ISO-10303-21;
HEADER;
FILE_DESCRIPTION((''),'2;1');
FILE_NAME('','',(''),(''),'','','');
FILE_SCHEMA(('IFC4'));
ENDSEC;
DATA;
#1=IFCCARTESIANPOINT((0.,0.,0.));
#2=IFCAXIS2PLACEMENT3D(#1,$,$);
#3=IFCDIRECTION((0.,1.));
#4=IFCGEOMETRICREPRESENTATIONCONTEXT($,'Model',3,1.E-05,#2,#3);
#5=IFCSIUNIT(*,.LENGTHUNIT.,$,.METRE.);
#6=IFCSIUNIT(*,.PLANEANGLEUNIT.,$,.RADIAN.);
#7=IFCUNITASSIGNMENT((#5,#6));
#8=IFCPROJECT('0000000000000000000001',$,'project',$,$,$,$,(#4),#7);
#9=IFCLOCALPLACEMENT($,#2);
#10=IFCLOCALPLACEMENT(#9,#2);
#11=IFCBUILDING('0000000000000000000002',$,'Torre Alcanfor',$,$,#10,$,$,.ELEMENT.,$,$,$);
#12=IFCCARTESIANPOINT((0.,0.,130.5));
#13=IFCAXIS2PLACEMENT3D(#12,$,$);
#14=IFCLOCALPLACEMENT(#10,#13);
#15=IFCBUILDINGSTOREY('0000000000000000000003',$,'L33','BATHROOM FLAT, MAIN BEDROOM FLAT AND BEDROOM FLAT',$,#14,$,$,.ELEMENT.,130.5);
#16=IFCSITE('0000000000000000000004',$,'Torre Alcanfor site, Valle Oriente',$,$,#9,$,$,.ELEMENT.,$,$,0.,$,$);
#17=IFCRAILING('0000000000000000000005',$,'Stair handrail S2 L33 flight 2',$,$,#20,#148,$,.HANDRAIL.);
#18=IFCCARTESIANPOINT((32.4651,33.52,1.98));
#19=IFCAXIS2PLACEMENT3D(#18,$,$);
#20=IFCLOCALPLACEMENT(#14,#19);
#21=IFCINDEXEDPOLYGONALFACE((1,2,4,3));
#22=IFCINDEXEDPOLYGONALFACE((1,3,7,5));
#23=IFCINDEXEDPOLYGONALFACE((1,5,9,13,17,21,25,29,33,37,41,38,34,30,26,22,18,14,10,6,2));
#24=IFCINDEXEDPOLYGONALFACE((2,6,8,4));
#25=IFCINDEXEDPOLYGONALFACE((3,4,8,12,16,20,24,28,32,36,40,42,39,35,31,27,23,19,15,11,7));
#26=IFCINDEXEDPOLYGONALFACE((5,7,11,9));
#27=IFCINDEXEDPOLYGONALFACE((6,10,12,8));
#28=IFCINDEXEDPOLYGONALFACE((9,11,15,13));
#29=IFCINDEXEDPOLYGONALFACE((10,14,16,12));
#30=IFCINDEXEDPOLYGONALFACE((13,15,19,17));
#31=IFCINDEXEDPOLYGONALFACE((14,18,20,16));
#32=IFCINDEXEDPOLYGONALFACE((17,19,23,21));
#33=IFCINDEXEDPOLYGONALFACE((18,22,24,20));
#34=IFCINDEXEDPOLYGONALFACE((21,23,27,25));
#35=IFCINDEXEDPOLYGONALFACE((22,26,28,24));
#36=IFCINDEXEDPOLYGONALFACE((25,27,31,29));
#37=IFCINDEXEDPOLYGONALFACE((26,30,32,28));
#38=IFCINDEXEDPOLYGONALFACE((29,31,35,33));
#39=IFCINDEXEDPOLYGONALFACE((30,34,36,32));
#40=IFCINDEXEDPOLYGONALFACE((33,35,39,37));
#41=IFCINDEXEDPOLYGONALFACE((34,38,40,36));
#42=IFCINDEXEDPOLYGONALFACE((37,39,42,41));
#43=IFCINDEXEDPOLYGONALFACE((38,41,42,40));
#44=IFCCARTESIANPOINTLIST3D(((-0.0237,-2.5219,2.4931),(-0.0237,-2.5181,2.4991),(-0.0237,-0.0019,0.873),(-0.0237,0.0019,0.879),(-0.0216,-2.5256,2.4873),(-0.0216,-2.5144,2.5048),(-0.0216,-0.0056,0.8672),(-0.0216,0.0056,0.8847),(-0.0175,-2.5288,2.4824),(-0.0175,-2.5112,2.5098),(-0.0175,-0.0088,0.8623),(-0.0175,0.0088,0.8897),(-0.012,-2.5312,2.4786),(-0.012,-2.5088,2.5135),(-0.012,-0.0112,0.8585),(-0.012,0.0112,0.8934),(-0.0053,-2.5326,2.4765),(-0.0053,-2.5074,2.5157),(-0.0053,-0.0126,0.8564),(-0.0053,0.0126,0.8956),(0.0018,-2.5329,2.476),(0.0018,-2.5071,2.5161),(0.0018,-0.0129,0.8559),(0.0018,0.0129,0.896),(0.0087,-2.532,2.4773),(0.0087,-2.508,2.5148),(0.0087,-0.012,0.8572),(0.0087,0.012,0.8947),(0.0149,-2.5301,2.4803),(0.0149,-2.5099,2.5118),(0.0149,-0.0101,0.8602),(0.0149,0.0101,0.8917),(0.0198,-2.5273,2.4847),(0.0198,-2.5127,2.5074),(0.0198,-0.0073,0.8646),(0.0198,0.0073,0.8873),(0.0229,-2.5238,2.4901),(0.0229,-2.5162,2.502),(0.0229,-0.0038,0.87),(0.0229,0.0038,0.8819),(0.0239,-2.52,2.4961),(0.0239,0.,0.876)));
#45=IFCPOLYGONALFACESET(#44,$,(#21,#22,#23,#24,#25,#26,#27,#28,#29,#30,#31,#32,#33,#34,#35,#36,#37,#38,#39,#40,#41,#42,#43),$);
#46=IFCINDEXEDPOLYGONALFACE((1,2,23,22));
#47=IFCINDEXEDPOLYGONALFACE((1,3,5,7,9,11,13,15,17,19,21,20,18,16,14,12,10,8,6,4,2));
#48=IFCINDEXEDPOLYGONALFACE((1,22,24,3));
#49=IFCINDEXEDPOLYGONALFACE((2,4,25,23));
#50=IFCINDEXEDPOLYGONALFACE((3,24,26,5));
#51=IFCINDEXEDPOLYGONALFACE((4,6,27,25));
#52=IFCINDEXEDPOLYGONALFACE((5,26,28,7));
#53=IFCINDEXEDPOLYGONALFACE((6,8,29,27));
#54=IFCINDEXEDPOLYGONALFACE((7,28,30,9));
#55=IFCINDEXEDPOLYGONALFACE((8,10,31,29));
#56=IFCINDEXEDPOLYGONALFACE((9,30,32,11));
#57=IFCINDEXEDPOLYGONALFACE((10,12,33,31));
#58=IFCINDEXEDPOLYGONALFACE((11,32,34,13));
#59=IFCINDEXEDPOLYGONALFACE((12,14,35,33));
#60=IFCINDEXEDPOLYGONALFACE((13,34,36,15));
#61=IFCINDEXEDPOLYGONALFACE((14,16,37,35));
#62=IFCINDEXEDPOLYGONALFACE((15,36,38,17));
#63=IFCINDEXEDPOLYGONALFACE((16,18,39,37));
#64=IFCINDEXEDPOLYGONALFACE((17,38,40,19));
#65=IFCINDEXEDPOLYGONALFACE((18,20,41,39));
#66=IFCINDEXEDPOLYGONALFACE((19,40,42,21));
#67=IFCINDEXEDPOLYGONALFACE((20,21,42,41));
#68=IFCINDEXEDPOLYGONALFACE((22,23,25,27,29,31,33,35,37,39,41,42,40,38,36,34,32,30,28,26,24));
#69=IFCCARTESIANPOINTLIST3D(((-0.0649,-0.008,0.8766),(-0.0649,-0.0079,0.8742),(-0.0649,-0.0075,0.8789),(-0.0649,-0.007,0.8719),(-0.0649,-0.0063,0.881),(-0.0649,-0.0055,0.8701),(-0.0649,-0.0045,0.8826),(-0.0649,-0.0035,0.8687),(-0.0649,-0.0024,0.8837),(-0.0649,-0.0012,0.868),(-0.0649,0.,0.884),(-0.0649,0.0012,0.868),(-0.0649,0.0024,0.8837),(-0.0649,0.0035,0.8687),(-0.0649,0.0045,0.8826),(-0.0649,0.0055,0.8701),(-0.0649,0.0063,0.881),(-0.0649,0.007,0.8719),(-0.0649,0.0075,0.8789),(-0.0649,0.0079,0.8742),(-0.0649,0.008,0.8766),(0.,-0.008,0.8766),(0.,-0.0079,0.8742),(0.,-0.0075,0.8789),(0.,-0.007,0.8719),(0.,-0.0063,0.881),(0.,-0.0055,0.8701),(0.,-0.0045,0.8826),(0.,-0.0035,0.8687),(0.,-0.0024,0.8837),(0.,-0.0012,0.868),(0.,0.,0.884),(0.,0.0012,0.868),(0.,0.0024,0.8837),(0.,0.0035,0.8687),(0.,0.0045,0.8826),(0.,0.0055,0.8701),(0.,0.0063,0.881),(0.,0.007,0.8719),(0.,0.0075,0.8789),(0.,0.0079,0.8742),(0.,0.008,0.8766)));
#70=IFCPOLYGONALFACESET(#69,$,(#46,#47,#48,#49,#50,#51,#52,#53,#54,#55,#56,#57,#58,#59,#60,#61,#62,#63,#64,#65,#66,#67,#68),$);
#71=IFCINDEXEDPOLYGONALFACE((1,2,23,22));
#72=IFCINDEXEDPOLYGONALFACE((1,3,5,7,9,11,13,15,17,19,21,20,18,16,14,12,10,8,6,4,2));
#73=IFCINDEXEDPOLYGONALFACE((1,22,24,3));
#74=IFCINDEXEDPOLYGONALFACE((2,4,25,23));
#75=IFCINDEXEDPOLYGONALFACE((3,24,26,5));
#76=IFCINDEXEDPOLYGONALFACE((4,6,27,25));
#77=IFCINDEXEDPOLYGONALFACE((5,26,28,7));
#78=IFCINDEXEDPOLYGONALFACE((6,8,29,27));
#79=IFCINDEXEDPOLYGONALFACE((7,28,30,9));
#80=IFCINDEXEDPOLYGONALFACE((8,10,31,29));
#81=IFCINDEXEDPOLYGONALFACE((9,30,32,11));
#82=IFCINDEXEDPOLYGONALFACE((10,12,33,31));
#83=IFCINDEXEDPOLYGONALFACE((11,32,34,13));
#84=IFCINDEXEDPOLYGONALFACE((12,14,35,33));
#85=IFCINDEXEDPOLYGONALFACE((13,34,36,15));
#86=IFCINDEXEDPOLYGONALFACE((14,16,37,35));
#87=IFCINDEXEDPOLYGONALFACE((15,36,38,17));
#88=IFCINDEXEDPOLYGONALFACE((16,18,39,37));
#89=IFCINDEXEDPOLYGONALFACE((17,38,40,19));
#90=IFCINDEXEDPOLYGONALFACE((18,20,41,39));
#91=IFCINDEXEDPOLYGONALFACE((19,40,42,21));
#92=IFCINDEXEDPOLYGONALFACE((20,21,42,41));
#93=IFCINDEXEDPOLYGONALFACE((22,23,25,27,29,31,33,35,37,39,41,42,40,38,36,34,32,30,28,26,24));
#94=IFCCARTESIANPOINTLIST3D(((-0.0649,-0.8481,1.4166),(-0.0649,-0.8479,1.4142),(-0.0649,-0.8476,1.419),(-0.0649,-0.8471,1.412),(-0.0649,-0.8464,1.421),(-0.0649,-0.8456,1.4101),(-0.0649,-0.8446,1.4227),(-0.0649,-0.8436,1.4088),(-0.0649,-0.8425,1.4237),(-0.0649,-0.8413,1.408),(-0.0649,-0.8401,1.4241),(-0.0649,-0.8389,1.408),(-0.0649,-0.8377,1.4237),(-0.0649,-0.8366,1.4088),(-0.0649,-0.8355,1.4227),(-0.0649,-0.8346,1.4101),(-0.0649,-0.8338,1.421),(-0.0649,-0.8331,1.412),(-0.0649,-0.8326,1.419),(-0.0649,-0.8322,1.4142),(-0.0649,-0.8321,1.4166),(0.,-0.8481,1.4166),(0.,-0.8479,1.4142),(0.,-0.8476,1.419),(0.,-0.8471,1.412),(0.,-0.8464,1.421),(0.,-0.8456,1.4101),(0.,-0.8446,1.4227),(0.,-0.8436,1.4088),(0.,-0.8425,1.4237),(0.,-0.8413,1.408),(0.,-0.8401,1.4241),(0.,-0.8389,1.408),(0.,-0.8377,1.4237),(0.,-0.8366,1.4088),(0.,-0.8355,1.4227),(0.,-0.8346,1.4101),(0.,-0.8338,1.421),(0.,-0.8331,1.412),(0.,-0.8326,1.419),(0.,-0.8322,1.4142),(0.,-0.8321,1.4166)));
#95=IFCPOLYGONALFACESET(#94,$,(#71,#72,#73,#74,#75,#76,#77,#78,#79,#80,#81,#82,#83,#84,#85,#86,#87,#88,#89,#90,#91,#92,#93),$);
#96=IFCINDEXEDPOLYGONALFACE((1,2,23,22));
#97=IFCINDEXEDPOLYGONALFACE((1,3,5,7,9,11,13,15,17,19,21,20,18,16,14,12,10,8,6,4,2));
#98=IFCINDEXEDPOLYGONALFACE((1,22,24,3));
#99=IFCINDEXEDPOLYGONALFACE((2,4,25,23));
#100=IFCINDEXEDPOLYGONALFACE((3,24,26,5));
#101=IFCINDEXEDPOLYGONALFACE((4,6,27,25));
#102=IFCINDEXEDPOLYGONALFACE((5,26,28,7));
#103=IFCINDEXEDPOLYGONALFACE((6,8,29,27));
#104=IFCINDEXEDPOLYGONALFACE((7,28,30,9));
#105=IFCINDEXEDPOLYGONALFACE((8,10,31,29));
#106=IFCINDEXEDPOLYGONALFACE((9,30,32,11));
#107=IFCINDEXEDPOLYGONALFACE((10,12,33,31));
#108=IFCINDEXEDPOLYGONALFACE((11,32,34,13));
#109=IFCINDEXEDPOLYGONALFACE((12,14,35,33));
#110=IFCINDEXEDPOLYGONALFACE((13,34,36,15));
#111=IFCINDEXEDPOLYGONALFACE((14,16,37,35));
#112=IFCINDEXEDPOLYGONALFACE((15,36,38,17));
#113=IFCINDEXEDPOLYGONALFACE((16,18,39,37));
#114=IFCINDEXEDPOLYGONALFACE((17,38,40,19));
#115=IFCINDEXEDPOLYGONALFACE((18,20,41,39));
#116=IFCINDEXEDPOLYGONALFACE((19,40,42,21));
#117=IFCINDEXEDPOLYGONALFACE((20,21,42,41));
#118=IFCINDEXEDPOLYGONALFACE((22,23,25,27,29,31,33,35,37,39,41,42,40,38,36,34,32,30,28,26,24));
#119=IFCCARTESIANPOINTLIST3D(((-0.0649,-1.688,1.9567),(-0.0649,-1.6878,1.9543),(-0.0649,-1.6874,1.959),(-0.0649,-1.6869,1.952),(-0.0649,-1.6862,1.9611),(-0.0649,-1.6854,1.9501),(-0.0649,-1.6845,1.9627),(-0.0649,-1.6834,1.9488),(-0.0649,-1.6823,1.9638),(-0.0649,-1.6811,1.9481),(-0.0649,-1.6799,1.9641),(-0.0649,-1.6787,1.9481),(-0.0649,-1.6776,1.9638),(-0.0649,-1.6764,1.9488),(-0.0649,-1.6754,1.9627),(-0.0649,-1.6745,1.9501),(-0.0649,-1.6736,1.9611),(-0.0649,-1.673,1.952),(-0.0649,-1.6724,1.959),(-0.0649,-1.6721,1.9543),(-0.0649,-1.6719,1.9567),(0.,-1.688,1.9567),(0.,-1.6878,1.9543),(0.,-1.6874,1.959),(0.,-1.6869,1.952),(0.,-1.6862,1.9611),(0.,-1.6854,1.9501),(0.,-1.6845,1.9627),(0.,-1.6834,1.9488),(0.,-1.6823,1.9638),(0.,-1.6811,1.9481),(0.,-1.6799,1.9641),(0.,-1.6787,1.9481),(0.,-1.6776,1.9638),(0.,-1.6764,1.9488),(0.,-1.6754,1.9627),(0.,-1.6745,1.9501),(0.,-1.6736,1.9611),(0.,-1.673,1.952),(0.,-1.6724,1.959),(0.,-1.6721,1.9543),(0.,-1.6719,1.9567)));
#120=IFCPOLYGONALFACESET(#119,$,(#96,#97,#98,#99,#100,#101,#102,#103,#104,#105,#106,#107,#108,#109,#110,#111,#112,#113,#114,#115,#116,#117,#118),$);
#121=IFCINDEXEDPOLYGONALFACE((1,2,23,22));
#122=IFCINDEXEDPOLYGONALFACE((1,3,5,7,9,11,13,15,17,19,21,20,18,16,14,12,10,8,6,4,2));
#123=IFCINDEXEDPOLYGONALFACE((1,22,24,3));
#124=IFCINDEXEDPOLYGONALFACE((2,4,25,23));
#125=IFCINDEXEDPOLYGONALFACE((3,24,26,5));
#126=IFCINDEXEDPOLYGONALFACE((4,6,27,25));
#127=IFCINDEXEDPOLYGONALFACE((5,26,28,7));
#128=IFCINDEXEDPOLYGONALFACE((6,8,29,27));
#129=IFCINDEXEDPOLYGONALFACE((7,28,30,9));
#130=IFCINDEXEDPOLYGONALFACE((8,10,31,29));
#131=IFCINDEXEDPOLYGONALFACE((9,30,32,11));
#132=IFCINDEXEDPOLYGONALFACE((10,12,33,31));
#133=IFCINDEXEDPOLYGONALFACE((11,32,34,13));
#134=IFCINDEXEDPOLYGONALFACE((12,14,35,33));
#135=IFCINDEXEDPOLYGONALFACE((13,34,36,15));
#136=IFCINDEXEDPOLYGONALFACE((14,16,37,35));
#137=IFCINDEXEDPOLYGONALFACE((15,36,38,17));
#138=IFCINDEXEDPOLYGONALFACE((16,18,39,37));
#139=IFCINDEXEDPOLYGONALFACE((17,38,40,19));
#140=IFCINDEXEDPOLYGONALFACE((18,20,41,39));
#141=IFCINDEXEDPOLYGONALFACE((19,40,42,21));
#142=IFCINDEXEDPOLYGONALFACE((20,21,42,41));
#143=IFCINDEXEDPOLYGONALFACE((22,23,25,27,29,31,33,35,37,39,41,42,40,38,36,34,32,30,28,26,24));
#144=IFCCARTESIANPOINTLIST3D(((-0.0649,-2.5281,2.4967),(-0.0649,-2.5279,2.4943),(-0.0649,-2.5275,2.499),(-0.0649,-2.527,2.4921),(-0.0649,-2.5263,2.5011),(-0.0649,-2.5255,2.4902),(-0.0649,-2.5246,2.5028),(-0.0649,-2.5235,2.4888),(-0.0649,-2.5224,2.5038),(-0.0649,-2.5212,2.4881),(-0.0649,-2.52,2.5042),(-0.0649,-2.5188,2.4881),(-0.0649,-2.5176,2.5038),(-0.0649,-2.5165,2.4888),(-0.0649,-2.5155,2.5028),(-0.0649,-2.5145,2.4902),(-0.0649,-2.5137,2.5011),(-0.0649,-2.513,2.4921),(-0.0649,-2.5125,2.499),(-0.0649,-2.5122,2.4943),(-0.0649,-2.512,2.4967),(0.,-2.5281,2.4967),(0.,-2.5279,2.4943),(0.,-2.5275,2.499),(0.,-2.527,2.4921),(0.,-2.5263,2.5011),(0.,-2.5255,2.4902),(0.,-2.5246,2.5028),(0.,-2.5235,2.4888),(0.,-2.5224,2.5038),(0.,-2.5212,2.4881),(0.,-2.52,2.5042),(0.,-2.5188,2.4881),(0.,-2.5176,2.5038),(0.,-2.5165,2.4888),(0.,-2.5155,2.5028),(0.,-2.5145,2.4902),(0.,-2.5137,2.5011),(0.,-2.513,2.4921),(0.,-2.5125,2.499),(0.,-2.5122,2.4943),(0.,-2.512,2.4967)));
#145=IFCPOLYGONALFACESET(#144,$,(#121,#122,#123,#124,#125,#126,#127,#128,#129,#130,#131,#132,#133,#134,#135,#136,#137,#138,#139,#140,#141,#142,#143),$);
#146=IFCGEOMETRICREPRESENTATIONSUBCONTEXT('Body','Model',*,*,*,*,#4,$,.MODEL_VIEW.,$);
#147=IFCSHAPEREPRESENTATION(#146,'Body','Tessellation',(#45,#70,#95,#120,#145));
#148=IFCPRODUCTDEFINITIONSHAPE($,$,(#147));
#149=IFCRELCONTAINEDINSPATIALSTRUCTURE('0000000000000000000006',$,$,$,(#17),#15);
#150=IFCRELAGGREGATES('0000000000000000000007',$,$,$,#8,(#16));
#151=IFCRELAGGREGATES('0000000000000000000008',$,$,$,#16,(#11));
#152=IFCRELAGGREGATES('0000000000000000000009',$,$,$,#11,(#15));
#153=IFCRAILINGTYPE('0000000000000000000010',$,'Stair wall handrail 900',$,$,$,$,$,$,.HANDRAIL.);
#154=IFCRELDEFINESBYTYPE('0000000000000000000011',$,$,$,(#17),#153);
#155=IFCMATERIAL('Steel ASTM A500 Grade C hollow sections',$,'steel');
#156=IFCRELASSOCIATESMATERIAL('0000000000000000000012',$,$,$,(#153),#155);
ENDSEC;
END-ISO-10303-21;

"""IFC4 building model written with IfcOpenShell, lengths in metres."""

from ifc_helpers import new_model, si_unit, direction, frame, origin, origin_2d, place, context, subcontext, project, spatial, circle, extrude, material, type_object, element, save


model = new_model("IFC4")

# Units and contexts
model_context = context("Model", 3, precision=1e-05, world=origin(), true_north=direction((0.0, 1.0)))
body_context = subcontext(model_context, "Body", "Model", "MODEL_VIEW")
ifc_project = project(units=[si_unit("LENGTHUNIT", "METRE"), si_unit("PLANEANGLEUNIT", "RADIAN")], contexts=[model_context])

# Site, building, storey
site_placement = place(None, origin())
site = spatial("IfcSite", under=ifc_project, at=site_placement, Name="Torre Alcanfor site, Valle Oriente", CompositionType="ELEMENT", RefElevation=0.0)
building_placement = place(site_placement, origin())
building = spatial("IfcBuilding", under=site, at=building_placement, Name="Torre Alcanfor", CompositionType="ELEMENT")
storey_placement = place(building_placement, frame((0.0, 0.0, 130.5)))
storey = spatial("IfcBuildingStorey", under=building, at=storey_placement, Name="L33", Description="BATHROOM FLAT, MAIN BEDROOM FLAT AND BEDROOM FLAT", CompositionType="ELEMENT", Elevation=130.5)

# Railing
ifc_material_1 = material(Name="Steel ASTM A500 Grade C hollow sections", Category="steel")
railing_type_1 = type_object("IfcRailingType", Name="Stair wall handrail 900", PredefinedType="HANDRAIL", material=ifc_material_1)
railing_1_placement = place(storey_placement, frame((32.4651, 33.52, 1.98)))
element("IfcRailing", 1, at=railing_1_placement, inside=storey, type_object=railing_type_1, Name="Stair handrail S2 L33 flight 2", PredefinedType="HANDRAIL", context=body_context, shape_type="SweptSolid", body=[
    extrude(circle(Radius=0.0239, at=origin_2d()), frame((0.0, 0.0, 0.876), z_axis=(0.0, -0.841163, 0.540782), x_axis=(1.0, 0.0, 0.0)), (0.0, 0.0, 1.0), 2.9958),
    extrude(circle(Radius=0.0081, at=origin_2d()), frame((0.0, 0.0, 0.876), z_axis=(-1.0, 0.0, 0.0), x_axis=(0.0, 0.0, 1.0)), (0.0, 0.0, 1.0), 0.0649),
    extrude(circle(Radius=0.0081, at=origin_2d()), frame((0.0, -0.8401, 1.416), z_axis=(-1.0, 0.0, 0.0), x_axis=(0.0, 0.0, 1.0)), (0.0, 0.0, 1.0), 0.0649),
    extrude(circle(Radius=0.0081, at=origin_2d()), frame((0.0, -1.6799, 1.9561), z_axis=(-1.0, 0.0, 0.0), x_axis=(0.0, 0.0, 1.0)), (0.0, 0.0, 1.0), 0.0649),
    extrude(circle(Radius=0.0081, at=origin_2d()), frame((0.0, -2.52, 2.4961), z_axis=(-1.0, 0.0, 0.0), x_axis=(0.0, 0.0, 1.0)), (0.0, 0.0, 1.0), 0.0649),
])

save(model, "model.ifc")
